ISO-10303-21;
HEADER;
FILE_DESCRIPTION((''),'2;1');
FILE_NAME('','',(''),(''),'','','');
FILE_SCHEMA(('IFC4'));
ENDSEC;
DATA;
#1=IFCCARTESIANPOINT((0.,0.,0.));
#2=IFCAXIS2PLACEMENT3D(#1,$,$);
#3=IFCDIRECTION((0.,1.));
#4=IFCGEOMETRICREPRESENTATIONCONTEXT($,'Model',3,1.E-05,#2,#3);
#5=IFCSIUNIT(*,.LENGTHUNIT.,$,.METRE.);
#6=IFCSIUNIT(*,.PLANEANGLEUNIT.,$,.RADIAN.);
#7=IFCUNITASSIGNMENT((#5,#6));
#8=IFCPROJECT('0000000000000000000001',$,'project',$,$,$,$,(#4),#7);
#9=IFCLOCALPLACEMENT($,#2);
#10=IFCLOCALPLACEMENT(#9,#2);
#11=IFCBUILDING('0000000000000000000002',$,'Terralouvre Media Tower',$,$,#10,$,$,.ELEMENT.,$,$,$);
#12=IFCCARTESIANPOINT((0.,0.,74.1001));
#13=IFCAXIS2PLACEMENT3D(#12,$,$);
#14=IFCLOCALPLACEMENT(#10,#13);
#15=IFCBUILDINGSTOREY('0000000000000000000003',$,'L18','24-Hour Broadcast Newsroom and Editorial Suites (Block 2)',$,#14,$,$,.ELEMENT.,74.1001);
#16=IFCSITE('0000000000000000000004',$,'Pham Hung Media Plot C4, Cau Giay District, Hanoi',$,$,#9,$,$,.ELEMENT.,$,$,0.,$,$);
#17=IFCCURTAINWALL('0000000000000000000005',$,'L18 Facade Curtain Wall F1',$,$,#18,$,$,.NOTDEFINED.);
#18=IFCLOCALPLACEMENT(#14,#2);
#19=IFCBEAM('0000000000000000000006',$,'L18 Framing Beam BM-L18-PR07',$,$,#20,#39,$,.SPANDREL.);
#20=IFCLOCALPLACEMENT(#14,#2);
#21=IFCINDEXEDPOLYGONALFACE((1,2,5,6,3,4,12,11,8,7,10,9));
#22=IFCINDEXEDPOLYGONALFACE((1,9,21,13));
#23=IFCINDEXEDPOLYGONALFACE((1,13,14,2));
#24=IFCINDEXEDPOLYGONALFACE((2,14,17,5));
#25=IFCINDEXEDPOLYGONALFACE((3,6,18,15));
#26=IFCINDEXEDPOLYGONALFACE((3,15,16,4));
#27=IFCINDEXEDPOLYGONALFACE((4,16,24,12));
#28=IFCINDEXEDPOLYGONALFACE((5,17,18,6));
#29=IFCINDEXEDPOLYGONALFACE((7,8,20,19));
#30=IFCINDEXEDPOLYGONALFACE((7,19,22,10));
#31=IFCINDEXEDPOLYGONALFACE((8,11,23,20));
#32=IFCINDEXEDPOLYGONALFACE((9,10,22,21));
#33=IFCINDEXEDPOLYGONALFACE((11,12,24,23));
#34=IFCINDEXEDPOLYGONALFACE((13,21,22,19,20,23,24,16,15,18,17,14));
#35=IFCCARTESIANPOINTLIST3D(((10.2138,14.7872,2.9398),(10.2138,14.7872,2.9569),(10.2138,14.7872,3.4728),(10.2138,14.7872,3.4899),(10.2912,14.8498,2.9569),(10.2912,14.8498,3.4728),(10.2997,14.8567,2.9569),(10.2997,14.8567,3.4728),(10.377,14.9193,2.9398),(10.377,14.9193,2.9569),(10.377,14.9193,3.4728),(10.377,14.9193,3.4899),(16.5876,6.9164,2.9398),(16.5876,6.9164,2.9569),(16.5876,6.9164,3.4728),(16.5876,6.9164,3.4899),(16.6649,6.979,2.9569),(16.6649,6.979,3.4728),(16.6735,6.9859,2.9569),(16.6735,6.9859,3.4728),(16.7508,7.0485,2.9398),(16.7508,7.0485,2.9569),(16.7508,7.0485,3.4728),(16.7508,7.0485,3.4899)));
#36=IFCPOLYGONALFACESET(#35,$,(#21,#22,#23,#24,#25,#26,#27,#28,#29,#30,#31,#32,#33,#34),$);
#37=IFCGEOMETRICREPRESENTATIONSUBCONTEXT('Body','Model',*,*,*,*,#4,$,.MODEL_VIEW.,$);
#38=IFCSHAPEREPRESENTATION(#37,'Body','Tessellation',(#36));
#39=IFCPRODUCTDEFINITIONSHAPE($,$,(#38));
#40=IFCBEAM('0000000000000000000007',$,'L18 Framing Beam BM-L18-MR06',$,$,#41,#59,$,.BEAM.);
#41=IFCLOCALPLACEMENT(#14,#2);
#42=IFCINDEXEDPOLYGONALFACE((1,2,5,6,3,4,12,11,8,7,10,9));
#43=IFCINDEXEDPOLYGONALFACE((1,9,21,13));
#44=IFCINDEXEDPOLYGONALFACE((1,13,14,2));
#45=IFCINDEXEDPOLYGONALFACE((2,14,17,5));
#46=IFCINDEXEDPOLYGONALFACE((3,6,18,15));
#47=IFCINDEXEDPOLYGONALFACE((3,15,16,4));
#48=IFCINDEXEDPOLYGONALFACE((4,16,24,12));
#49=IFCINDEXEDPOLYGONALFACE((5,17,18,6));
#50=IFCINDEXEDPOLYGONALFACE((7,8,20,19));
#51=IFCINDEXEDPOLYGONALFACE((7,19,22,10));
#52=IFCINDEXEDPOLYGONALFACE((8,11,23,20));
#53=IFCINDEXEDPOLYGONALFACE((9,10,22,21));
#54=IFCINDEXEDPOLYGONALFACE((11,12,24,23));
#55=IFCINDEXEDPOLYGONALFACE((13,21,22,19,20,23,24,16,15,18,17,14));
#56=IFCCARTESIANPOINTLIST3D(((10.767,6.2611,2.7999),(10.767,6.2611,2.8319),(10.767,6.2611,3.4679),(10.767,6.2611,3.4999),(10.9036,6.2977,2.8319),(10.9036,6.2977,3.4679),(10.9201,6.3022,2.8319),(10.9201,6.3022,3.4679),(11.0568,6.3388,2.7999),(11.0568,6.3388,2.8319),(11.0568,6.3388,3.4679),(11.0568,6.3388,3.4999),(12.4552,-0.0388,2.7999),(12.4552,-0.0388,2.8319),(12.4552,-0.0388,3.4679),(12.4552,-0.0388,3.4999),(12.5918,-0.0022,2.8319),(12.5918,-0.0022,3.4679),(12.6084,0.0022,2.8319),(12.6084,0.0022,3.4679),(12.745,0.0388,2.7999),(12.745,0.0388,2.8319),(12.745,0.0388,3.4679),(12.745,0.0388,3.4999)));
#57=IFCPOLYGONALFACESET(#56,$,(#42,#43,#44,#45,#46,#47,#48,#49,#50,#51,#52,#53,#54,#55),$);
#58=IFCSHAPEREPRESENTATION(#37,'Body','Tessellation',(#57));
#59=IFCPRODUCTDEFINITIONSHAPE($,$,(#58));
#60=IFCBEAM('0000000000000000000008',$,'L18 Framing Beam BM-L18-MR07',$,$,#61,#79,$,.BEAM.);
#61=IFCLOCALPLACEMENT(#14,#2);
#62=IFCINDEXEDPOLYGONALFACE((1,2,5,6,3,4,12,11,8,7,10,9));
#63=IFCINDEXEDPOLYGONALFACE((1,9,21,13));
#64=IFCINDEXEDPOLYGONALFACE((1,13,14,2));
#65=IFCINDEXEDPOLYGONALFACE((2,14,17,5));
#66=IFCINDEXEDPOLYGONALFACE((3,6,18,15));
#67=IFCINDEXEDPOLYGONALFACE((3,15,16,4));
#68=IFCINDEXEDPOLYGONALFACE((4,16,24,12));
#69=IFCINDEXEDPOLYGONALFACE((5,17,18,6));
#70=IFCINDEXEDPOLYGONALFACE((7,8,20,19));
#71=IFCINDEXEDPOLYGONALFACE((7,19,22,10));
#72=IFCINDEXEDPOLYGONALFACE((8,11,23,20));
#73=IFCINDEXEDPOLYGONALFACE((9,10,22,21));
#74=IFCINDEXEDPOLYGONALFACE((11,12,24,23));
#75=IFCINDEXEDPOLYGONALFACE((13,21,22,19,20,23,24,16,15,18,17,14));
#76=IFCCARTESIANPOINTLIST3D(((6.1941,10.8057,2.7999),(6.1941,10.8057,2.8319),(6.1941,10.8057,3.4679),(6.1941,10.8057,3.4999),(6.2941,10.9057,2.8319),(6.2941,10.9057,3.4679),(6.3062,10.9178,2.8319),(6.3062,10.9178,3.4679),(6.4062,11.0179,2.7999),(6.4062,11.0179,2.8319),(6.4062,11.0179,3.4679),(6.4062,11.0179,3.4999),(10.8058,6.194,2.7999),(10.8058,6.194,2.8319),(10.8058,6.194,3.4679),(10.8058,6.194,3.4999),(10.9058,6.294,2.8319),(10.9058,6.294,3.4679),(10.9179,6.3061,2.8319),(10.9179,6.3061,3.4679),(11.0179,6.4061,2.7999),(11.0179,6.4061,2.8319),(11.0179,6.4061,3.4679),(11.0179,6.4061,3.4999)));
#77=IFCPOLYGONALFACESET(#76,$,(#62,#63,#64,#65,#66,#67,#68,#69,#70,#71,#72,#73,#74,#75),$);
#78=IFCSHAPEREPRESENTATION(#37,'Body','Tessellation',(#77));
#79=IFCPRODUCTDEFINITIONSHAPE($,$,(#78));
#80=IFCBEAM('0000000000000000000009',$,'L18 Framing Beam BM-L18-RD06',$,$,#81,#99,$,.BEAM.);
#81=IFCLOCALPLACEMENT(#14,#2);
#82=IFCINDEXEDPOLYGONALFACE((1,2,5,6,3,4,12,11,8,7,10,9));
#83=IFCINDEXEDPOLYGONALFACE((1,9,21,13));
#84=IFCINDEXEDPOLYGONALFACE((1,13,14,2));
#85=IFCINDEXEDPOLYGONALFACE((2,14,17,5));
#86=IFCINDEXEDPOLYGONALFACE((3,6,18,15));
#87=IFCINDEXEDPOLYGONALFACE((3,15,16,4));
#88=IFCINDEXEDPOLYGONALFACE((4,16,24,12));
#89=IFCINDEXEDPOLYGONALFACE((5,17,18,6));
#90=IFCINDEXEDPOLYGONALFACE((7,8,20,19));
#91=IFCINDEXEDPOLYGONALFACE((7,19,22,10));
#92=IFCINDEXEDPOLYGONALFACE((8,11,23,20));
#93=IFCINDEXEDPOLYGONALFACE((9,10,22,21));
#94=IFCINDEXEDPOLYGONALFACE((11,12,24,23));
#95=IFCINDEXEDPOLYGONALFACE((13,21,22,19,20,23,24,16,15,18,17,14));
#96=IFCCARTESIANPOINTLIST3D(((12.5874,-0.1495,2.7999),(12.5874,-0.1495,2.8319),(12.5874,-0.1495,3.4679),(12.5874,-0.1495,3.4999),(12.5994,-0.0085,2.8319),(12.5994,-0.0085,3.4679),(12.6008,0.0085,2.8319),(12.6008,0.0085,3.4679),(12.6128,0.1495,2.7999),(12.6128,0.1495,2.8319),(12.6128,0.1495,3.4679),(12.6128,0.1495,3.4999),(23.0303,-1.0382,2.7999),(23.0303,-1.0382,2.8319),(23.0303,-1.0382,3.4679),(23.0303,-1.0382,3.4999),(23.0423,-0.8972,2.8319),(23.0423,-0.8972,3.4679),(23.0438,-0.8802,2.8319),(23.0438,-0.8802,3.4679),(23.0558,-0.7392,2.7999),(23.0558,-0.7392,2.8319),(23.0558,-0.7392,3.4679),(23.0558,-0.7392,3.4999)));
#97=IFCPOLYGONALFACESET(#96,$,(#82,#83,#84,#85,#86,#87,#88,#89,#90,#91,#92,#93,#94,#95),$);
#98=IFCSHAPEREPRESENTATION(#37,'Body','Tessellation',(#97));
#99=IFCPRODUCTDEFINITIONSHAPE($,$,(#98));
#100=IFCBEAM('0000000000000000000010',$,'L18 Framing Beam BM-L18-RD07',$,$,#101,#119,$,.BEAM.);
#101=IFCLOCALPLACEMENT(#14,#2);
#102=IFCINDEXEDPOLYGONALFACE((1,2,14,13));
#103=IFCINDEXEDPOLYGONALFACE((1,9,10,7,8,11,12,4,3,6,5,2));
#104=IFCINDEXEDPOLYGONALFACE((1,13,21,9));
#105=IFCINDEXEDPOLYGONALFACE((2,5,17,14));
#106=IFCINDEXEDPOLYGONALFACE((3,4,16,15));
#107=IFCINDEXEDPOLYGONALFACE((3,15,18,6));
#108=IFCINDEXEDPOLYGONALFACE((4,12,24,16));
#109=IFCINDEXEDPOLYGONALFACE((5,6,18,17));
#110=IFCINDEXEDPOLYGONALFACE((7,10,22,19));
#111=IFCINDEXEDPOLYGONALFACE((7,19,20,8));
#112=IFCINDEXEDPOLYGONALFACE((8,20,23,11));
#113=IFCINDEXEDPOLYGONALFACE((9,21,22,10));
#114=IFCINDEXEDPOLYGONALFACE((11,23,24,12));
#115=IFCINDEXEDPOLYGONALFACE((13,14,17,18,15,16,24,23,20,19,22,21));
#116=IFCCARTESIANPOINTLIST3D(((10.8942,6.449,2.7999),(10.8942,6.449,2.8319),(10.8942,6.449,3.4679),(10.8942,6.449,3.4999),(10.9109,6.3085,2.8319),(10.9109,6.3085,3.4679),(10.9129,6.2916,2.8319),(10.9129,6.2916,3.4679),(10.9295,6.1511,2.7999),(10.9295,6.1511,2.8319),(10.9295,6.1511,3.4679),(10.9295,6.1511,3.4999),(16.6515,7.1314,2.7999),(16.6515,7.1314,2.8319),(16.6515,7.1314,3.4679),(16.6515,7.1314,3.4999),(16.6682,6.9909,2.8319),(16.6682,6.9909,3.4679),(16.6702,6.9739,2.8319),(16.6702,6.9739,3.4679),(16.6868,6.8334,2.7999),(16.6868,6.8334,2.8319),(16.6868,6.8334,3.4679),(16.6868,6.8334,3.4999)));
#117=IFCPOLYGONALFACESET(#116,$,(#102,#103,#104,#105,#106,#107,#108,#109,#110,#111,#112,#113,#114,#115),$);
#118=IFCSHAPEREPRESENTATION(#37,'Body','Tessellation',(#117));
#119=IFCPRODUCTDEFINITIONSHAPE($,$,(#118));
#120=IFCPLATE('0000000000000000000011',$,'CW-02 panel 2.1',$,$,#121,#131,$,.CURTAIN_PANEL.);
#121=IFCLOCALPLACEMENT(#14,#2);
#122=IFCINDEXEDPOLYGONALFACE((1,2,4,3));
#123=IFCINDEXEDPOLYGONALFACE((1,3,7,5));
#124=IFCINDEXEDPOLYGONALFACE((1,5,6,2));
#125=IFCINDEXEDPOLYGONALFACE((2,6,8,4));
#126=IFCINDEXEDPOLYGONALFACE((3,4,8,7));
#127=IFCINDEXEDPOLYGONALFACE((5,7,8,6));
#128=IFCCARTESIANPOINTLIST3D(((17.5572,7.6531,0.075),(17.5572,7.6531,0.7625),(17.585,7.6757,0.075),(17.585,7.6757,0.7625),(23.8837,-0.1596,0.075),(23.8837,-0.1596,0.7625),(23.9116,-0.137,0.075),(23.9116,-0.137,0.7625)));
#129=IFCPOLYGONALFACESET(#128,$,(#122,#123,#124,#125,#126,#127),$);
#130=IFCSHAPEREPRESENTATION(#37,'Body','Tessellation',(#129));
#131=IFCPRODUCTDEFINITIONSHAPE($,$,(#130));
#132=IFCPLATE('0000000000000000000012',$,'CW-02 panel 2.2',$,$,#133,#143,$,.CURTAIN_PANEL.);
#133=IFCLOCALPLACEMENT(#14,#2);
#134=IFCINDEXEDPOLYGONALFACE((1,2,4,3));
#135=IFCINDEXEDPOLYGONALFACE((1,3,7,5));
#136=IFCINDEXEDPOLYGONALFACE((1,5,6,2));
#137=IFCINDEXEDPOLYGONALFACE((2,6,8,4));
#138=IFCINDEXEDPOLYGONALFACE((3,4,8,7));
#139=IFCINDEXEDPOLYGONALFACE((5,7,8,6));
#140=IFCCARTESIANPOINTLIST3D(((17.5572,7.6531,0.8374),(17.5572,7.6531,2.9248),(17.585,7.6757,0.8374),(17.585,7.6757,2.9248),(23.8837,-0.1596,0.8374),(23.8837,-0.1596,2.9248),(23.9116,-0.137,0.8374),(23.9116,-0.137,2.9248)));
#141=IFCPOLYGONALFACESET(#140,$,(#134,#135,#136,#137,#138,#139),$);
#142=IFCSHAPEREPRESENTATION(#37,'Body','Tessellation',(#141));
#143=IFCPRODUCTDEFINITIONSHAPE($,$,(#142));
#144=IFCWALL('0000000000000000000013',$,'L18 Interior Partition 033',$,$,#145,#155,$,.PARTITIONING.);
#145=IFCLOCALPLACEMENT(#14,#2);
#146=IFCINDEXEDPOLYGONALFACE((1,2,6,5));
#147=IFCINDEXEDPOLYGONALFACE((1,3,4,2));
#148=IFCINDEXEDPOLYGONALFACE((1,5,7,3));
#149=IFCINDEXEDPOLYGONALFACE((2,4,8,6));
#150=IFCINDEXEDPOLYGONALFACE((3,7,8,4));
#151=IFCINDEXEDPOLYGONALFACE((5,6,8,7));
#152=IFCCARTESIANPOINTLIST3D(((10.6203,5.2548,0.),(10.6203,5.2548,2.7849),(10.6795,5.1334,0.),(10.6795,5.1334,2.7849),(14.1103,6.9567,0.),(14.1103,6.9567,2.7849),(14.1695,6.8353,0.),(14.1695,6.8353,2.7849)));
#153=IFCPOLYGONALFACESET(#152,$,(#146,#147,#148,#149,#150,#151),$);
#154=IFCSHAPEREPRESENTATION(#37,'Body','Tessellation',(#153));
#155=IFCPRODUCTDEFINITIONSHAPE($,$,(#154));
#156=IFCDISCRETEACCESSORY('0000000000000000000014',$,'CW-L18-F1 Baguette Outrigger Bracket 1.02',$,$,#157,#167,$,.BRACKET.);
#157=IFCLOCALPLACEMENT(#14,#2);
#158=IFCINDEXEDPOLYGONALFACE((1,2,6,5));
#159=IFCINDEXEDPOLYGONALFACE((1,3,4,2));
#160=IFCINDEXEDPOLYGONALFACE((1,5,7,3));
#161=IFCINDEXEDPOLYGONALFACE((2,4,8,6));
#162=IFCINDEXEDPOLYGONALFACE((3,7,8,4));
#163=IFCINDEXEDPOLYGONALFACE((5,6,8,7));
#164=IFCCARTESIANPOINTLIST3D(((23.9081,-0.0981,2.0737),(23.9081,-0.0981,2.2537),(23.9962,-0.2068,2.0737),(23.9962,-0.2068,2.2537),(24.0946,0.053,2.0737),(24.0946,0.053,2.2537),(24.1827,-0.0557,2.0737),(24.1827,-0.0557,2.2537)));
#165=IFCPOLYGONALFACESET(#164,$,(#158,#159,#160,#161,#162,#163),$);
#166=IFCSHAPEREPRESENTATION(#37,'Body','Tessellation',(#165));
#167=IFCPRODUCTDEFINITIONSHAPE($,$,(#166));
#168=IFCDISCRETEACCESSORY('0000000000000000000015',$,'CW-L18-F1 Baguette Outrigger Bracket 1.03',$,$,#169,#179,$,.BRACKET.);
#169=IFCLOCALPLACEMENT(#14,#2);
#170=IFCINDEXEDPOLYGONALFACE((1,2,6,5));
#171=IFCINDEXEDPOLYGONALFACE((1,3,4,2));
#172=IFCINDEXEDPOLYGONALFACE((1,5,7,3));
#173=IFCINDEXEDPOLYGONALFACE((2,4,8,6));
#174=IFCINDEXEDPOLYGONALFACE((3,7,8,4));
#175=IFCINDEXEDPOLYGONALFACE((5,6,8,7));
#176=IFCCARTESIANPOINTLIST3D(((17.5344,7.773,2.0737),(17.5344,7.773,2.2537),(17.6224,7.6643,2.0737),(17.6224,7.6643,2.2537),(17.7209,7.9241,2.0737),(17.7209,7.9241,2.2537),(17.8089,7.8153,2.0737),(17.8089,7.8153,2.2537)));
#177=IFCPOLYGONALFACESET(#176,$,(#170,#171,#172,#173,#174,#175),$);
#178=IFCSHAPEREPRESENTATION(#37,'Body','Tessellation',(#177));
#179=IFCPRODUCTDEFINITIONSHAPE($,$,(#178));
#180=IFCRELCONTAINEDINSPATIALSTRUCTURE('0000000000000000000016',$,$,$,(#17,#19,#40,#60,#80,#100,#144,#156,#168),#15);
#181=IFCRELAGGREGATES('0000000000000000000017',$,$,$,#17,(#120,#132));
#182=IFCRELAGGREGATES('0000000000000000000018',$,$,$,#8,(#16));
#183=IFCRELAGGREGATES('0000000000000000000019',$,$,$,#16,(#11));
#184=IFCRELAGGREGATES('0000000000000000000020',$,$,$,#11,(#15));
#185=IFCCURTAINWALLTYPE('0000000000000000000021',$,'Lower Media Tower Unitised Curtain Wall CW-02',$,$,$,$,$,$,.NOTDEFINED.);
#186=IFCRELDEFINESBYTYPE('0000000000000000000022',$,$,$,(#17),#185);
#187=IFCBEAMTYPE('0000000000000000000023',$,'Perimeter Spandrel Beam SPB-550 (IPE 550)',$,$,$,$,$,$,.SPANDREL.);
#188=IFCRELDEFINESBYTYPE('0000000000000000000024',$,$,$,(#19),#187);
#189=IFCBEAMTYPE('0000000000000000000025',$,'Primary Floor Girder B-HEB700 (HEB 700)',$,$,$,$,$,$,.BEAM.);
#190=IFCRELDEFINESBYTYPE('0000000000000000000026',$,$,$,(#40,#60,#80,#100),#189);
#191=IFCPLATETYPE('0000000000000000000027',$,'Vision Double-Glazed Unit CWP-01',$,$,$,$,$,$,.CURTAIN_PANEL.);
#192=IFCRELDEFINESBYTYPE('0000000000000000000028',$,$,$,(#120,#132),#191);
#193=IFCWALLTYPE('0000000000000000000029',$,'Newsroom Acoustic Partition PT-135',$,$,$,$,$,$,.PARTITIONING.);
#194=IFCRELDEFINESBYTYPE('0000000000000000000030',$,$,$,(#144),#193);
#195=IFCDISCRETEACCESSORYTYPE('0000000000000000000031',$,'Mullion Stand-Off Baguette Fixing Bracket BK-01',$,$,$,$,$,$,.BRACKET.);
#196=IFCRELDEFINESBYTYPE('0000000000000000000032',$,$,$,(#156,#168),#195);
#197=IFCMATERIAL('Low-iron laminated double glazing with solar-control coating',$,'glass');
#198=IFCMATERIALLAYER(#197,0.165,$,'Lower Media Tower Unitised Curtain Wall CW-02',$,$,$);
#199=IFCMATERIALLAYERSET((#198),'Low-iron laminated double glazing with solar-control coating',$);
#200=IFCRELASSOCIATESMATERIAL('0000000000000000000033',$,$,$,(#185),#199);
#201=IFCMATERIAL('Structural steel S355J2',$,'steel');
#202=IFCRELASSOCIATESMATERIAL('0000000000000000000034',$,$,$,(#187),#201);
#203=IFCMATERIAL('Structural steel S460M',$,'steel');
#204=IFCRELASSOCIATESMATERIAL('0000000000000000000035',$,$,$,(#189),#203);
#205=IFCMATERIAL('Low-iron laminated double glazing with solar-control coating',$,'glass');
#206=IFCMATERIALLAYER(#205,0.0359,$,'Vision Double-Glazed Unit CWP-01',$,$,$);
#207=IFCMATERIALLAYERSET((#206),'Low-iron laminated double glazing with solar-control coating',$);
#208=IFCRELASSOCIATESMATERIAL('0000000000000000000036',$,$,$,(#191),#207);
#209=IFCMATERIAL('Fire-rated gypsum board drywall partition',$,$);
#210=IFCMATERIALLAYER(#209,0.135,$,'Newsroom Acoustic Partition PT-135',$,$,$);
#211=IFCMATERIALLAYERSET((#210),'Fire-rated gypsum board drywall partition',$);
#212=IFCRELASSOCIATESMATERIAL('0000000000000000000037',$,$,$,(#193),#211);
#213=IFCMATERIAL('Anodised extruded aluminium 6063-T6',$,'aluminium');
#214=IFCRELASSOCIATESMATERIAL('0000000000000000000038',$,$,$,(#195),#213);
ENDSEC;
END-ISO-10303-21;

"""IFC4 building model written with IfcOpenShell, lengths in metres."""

from ifc_helpers import new_model, si_unit, direction, frame, frame_2d, origin, origin_2d, place, context, subcontext, project, spatial, rectangle, i_section, extrude, material, layer, layer_set, material_profile, profile_set, type_object, element, aggregate, save


model = new_model("IFC4")

# Units and contexts
model_context = context("Model", 3, precision=1e-05, world=origin(), true_north=direction((0.0, 1.0)))
body_context = subcontext(model_context, "Body", "Model", "MODEL_VIEW")
ifc_project = project(units=[si_unit("LENGTHUNIT", "METRE"), si_unit("PLANEANGLEUNIT", "RADIAN")], contexts=[model_context])

# Site, building, storey
site_placement = place(None, origin())
site = spatial("IfcSite", under=ifc_project, at=site_placement, Name="Pham Hung Media Plot C4, Cau Giay District, Hanoi", CompositionType="ELEMENT", RefElevation=0.0)
building_placement = place(site_placement, origin())
building = spatial("IfcBuilding", under=site, at=building_placement, Name="Terralouvre Media Tower", CompositionType="ELEMENT")
storey_placement = place(building_placement, frame((0.0, 0.0, 74.1001)))
storey = spatial("IfcBuildingStorey", under=building, at=storey_placement, Name="L18", Description="24-Hour Broadcast Newsroom and Editorial Suites (Block 2)", CompositionType="ELEMENT", Elevation=74.1001)

# Curtain wall
ifc_material_1 = material(Name="Low-iron laminated double glazing with solar-control coating", Category="glass")
ifc_layer_1 = layer(ifc_material_1, 0.165, Name="Lower Media Tower Unitised Curtain Wall CW-02")
ifc_layer_set_1 = layer_set([ifc_layer_1], Name="Low-iron laminated double glazing with solar-control coating")
curtain_wall_type = type_object("IfcCurtainWallType", Name="Lower Media Tower Unitised Curtain Wall CW-02", PredefinedType="NOTDEFINED", material=ifc_layer_set_1)
curtain_wall_placement = place(storey_placement, origin())
curtain_wall = element("IfcCurtainWall", 1, at=curtain_wall_placement, inside=storey, type_object=curtain_wall_type, Name="L18 Facade Curtain Wall F1", PredefinedType="NOTDEFINED")

# Beams
ifc_material_2 = material(Name="Structural steel S355J2", Category="steel")
ifc_material_profile_1 = material_profile(ifc_material_2, i_section(OverallWidth=0.21, OverallDepth=0.55, WebThickness=0.011, FlangeThickness=0.0171, at=origin_2d()), Name="IPE 550")
ifc_profile_set_1 = profile_set([ifc_material_profile_1], Name="Structural steel S355J2")
beam_type_1 = type_object("IfcBeamType", Name="Perimeter Spandrel Beam SPB-550 (IPE 550)", PredefinedType="SPANDREL", material=ifc_profile_set_1)
beam_1_placement = place(storey_placement, frame((16.6692, 6.9824, 3.2148), z_axis=(-0.629326, 0.777142, 0.0), x_axis=(-0.777142, -0.629326, 0.0)))
element("IfcBeam", 2, at=beam_1_placement, inside=storey, type_object=beam_type_1, Name="L18 Framing Beam BM-L18-PR07", PredefinedType="SPANDREL", context=body_context, shape_type="SweptSolid", body=[
    extrude(i_section(OverallWidth=0.21, OverallDepth=0.55, WebThickness=0.011, FlangeThickness=0.0171, at=origin_2d()), origin(), (0.0, 0.0, 1.0), 10.1279),
])
ifc_material_3 = material(Name="Structural steel S460M", Category="steel")
ifc_material_profile_2 = material_profile(ifc_material_3, i_section(OverallWidth=0.3, OverallDepth=0.7, WebThickness=0.0171, FlangeThickness=0.032, at=origin_2d()), Name="HEB 700")
ifc_profile_set_2 = profile_set([ifc_material_profile_2], Name="Structural steel S460M")
beam_type_2 = type_object("IfcBeamType", Name="Primary Floor Girder B-HEB700 (HEB 700)", PredefinedType="BEAM", material=ifc_profile_set_2)
beam_2_placement = place(storey_placement, frame((12.6001, 0.0, 3.1499), z_axis=(-0.258839, 0.96592, 0.0), x_axis=(-0.96592, -0.258839, 0.0)))
element("IfcBeam", 3, at=beam_2_placement, inside=storey, type_object=beam_type_2, Name="L18 Framing Beam BM-L18-MR06", PredefinedType="BEAM", context=body_context, shape_type="SweptSolid", body=[
    extrude(i_section(OverallWidth=0.3, OverallDepth=0.7, WebThickness=0.0171, FlangeThickness=0.032, at=origin_2d()), origin(), (0.0, 0.0, 1.0), 6.5222),
])
beam_3_placement = place(storey_placement, frame((10.9119, 6.3, 3.1499), z_axis=(-0.707107, 0.707107, 0.0), x_axis=(-0.707107, -0.707107, 0.0)))
element("IfcBeam", 4, at=beam_3_placement, inside=storey, type_object=beam_type_2, Name="L18 Framing Beam BM-L18-MR07", PredefinedType="BEAM", context=body_context, shape_type="SweptSolid", body=[
    extrude(i_section(OverallWidth=0.3, OverallDepth=0.7, WebThickness=0.0171, FlangeThickness=0.032, at=origin_2d()), origin(), (0.0, 0.0, 1.0), 6.522),
])
beam_4_placement = place(storey_placement, frame((12.6001, 0.0, 3.1499), z_axis=(0.996399, -0.084792, 0.0), x_axis=(0.084792, 0.996399, 0.0)))
element("IfcBeam", 5, at=beam_4_placement, inside=storey, type_object=beam_type_2, Name="L18 Framing Beam BM-L18-RD06", PredefinedType="BEAM", context=body_context, shape_type="SweptSolid", body=[
    extrude(i_section(OverallWidth=0.3, OverallDepth=0.7, WebThickness=0.0171, FlangeThickness=0.032, at=origin_2d()), origin(), (0.0, 0.0, 1.0), 10.4807),
])
beam_5_placement = place(storey_placement, frame((10.9119, 6.3, 3.1499), z_axis=(0.993049, 0.117699, 0.0), x_axis=(-0.117699, 0.993049, 0.0)))
element("IfcBeam", 6, at=beam_5_placement, inside=storey, type_object=beam_type_2, Name="L18 Framing Beam BM-L18-RD07", PredefinedType="BEAM", context=body_context, shape_type="SweptSolid", body=[
    extrude(i_section(OverallWidth=0.3, OverallDepth=0.7, WebThickness=0.0171, FlangeThickness=0.032, at=origin_2d()), origin(), (0.0, 0.0, 1.0), 5.7976),
])

# Plates
ifc_material_4 = material(Name="Low-iron laminated double glazing with solar-control coating", Category="glass")
ifc_layer_2 = layer(ifc_material_4, 0.0359, Name="Vision Double-Glazed Unit CWP-01")
ifc_layer_set_2 = layer_set([ifc_layer_2], Name="Low-iron laminated double glazing with solar-control coating")
plate_type = type_object("IfcPlateType", Name="Vision Double-Glazed Unit CWP-01", PredefinedType="CURTAIN_PANEL", material=ifc_layer_set_2)
plate_1_placement = place(storey_placement, frame((20.7344, 3.7581, 0.075), z_axis=(0.0, 0.0, 1.0), x_axis=(-0.62932, 0.777146, 0.0)))
plate_1 = element("IfcPlate", 7, at=plate_1_placement, type_object=plate_type, Name="CW-02 panel 2.1", PredefinedType="CURTAIN_PANEL", context=body_context, shape_type="SweptSolid", body=[
    extrude(rectangle(XDim=10.053, YDim=0.0359, at=origin_2d()), origin(), (0.0, 0.0, 1.0), 0.6875),
])
plate_2_placement = place(storey_placement, frame((20.7344, 3.7581, 0.8374), z_axis=(0.0, 0.0, 1.0), x_axis=(-0.62932, 0.777146, 0.0)))
plate_2 = element("IfcPlate", 8, at=plate_2_placement, type_object=plate_type, Name="CW-02 panel 2.2", PredefinedType="CURTAIN_PANEL", context=body_context, shape_type="SweptSolid", body=[
    extrude(rectangle(XDim=10.053, YDim=0.0359, at=origin_2d()), origin(), (0.0, 0.0, 1.0), 2.0874),
])
aggregate(curtain_wall, [plate_1, plate_2])

# Wall
ifc_material_5 = material(Name="Fire-rated gypsum board drywall partition")
ifc_layer_3 = layer(ifc_material_5, 0.135, Name="Newsroom Acoustic Partition PT-135")
ifc_layer_set_3 = layer_set([ifc_layer_3], Name="Fire-rated gypsum board drywall partition")
wall_type = type_object("IfcWallType", Name="Newsroom Acoustic Partition PT-135", PredefinedType="PARTITIONING", material=ifc_layer_set_3)
wall_placement = place(storey_placement, frame((14.1399, 6.896, 0.0), z_axis=(0.0, 0.0, 1.0), x_axis=(-0.898822, -0.438313, 0.0)))
element("IfcWall", 9, at=wall_placement, inside=storey, type_object=wall_type, Name="L18 Interior Partition 033", PredefinedType="PARTITIONING", context=body_context, shape_type="SweptSolid", body=[
    extrude(rectangle(XDim=3.8828, YDim=0.135, at=frame_2d((1.9414, 0.0))), origin(), (0.0, 0.0, 1.0), 2.7849),
])

# Discrete accessories
ifc_material_6 = material(Name="Anodised extruded aluminium 6063-T6", Category="aluminium")
discrete_accessory_type = type_object("IfcDiscreteAccessoryType", Name="Mullion Stand-Off Baguette Fixing Bracket BK-01", PredefinedType="BRACKET", material=ifc_material_6)
for number, where, z_axis, x_axis, name in (
    (10, (24.0454, -0.0769, 2.0737), (0.0, 0.0, 1.0), (-0.62932, 0.777146, 0.0), "CW-L18-F1 Baguette Outrigger Bracket 1.02"),
    (11, (17.6716, 7.7942, 2.0737), (0.0, 0.0, 1.0), (-0.62932, 0.777146, 0.0), "CW-L18-F1 Baguette Outrigger Bracket 1.03"),
):
    element("IfcDiscreteAccessory", number, at=place(storey_placement, frame(where, z_axis=z_axis, x_axis=x_axis)), inside=storey, type_object=discrete_accessory_type, Name=name, PredefinedType="BRACKET", context=body_context, shape_type="SweptSolid", body=[
        extrude(rectangle(XDim=0.1399, YDim=0.24, at=origin_2d()), origin(), (0.0, 0.0, 1.0), 0.1799),
    ])

save(model, "model.ifc")
